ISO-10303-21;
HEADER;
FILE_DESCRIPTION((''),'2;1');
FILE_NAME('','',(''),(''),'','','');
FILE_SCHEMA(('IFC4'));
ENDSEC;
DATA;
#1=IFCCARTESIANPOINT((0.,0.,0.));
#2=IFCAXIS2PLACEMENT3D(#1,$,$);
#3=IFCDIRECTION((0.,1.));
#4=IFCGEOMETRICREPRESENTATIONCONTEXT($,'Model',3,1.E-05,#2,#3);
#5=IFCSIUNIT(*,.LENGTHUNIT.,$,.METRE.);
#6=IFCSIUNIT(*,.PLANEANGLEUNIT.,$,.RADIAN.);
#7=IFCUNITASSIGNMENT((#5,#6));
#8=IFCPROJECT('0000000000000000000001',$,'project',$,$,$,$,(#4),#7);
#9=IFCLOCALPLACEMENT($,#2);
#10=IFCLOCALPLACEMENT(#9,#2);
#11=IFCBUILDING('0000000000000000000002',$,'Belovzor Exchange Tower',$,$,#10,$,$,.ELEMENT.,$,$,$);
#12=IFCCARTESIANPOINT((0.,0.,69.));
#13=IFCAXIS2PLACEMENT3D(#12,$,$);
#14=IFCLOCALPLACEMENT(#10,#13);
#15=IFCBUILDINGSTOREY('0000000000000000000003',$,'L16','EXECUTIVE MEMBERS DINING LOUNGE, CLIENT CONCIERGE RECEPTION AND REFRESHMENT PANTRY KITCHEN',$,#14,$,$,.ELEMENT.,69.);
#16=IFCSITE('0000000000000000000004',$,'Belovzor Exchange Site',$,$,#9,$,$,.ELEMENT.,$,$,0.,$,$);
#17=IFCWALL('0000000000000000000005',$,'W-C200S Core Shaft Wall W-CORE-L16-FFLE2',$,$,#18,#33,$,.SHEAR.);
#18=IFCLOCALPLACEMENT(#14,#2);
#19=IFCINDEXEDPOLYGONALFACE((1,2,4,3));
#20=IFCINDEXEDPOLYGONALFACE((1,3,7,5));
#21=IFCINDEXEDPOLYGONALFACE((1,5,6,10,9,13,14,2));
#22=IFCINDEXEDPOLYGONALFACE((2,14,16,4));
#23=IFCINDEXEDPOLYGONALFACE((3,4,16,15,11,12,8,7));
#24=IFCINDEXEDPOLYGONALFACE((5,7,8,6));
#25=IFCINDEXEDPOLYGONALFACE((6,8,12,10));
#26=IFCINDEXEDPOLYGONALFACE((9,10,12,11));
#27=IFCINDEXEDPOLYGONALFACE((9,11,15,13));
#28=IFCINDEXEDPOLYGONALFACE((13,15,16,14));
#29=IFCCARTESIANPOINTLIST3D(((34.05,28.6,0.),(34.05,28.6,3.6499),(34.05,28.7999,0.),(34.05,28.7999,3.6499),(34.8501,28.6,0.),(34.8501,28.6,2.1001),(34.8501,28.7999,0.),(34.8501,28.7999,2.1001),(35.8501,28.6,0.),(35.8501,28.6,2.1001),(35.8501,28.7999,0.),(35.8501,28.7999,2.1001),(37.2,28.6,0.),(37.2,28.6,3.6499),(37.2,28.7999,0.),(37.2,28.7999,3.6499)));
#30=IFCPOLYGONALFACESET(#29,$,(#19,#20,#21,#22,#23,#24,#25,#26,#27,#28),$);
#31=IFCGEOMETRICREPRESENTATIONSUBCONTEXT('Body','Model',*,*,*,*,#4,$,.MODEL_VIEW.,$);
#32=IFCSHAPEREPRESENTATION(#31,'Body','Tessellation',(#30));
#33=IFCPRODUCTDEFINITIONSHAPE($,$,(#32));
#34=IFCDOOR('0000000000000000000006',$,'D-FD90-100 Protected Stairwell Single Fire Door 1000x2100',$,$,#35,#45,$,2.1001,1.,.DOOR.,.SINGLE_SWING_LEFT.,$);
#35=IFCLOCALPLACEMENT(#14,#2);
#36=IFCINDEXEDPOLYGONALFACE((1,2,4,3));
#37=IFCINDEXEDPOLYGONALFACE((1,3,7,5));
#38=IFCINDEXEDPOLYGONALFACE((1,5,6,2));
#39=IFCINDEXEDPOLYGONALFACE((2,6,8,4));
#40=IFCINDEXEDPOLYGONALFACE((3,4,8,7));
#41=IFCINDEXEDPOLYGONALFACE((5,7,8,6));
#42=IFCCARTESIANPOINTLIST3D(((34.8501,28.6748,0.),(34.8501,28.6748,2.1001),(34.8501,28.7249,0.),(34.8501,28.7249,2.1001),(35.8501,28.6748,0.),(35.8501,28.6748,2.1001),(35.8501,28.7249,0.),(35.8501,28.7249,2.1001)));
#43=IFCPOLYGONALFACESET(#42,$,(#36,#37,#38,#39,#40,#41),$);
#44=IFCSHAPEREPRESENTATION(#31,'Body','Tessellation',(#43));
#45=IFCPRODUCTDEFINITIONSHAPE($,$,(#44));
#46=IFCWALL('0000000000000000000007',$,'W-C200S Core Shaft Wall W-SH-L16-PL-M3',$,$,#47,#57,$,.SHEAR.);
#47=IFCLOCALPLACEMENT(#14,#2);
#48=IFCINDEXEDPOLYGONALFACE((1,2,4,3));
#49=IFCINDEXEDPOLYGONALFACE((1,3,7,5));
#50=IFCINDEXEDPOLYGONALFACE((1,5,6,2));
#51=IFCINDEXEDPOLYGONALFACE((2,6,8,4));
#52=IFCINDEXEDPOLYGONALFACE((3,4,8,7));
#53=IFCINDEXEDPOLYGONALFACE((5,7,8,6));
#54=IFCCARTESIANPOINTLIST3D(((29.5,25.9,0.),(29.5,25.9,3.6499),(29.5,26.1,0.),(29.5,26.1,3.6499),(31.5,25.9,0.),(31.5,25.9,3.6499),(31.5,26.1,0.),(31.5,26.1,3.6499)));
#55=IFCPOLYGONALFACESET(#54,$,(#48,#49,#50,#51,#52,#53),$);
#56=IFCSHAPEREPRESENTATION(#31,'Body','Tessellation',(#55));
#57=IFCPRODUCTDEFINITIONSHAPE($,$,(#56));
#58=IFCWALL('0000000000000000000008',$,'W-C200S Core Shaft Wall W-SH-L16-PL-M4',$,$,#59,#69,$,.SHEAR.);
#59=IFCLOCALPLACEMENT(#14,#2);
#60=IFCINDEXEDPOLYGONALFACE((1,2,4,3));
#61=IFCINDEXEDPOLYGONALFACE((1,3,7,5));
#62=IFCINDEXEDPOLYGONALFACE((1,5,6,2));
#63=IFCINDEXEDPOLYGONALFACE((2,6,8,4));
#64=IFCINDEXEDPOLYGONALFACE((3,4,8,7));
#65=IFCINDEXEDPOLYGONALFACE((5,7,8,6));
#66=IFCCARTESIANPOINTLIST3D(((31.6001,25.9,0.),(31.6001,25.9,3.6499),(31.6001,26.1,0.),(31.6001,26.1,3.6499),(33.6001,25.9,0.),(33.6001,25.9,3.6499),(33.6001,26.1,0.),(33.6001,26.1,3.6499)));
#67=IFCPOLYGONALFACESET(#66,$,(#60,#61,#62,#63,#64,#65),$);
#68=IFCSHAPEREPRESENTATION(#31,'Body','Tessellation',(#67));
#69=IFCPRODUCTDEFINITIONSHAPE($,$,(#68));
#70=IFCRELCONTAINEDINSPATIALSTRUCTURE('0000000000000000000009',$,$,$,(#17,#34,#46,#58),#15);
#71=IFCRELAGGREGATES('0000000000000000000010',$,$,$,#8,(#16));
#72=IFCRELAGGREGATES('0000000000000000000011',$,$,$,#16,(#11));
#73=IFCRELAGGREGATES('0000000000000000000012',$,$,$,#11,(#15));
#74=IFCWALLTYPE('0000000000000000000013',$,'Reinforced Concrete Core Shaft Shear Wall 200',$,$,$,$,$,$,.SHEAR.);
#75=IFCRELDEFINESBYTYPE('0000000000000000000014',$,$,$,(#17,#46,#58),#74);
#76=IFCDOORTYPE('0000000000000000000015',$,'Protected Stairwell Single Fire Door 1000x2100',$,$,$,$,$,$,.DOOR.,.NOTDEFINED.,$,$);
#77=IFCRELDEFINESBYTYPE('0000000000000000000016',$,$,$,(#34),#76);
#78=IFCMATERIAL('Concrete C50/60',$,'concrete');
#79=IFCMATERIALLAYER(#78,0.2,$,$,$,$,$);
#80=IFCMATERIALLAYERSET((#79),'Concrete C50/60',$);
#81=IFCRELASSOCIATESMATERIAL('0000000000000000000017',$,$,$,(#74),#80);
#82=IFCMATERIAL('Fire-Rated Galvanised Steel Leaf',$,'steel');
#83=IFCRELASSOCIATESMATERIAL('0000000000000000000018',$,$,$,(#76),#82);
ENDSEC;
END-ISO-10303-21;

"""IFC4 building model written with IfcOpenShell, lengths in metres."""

from ifc_helpers import new_model, si_unit, direction, frame, frame_2d, origin, place, context, subcontext, project, spatial, rectangle, extrude, material, layer, layer_set, type_object, element, fill, save


model = new_model("IFC4")

# Units and contexts
model_context = context("Model", 3, precision=1e-05, world=origin(), true_north=direction((0.0, 1.0)))
body_context = subcontext(model_context, "Body", "Model", "MODEL_VIEW")
ifc_project = project(units=[si_unit("LENGTHUNIT", "METRE"), si_unit("PLANEANGLEUNIT", "RADIAN")], contexts=[model_context])

# Site, building, storey
site_placement = place(None, origin())
site = spatial("IfcSite", under=ifc_project, at=site_placement, Name="Belovzor Exchange Site", CompositionType="ELEMENT", RefElevation=0.0)
building_placement = place(site_placement, origin())
building = spatial("IfcBuilding", under=site, at=building_placement, Name="Belovzor Exchange Tower", CompositionType="ELEMENT")
storey_placement = place(building_placement, frame((0.0, 0.0, 69.0)))
storey = spatial("IfcBuildingStorey", under=building, at=storey_placement, Name="L16", Description="EXECUTIVE MEMBERS DINING LOUNGE, CLIENT CONCIERGE RECEPTION AND REFRESHMENT PANTRY KITCHEN", CompositionType="ELEMENT", Elevation=69.0)

# Wall, opening, door
ifc_material_1 = material(Name="Concrete C50/60", Category="concrete")
ifc_layer_1 = layer(ifc_material_1, 0.2)
ifc_layer_set_1 = layer_set([ifc_layer_1], Name="Concrete C50/60")
wall_type_1 = type_object("IfcWallType", Name="Reinforced Concrete Core Shaft Shear Wall 200", PredefinedType="SHEAR", material=ifc_layer_set_1)
wall_1_placement = place(storey_placement, frame((34.05, 28.7, 0.0), z_axis=(0.0, 0.0, 1.0), x_axis=(1.0, 0.0, 0.0)))
wall_1 = element("IfcWall", 1, at=wall_1_placement, inside=storey, type_object=wall_type_1, Name="W-C200S Core Shaft Wall W-CORE-L16-FFLE2", PredefinedType="SHEAR", context=body_context, shape_type="SweptSolid", body=[
    extrude(rectangle(XDim=3.1499, YDim=0.2, at=frame_2d((1.575, 0.0))), origin(), (0.0, 0.0, 1.0), 3.6499),
])
opening_1_placement = place(wall_1_placement, frame((0.8, 0.0, 0.0)))
opening_1 = element("IfcOpeningElement", 2, at=opening_1_placement, cuts=wall_1, PredefinedType="OPENING", context=body_context, shape_type="SweptSolid", body=[
    extrude(rectangle(XDim=1.0, YDim=2.1001, at=frame_2d((0.5, 1.05))), frame((0.0, 0.1099, 0.0), z_axis=(0.0, -1.0, 0.0), x_axis=(1.0, 0.0, 0.0)), (0.0, 0.0, 1.0), 0.22),
])
ifc_material_2 = material(Name="Fire-Rated Galvanised Steel Leaf", Category="steel")
door_type_1 = type_object("IfcDoorType", Name="Protected Stairwell Single Fire Door 1000x2100", OperationType="NOTDEFINED", PredefinedType="DOOR", material=ifc_material_2)
door_1_placement = place(opening_1_placement, origin())
door_1 = element("IfcDoor", 3, at=door_1_placement, inside=storey, type_object=door_type_1, Name="D-FD90-100 Protected Stairwell Single Fire Door 1000x2100", OperationType="SINGLE_SWING_LEFT", OverallHeight=2.1001, OverallWidth=1.0, PredefinedType="DOOR", context=body_context, shape_type="SweptSolid", body=[
    extrude(rectangle(XDim=1.0, YDim=2.1001, at=frame_2d((0.5, 1.05))), frame((0.0, 0.0249, 0.0), z_axis=(0.0, -1.0, 0.0), x_axis=(1.0, 0.0, 0.0)), (0.0, 0.0, 1.0), 0.05),
])
fill(opening_1, door_1)

# Walls
for number, where, z_axis, x_axis, name in (
    (4, (29.5, 26.0, 0.0), (0.0, 0.0, 1.0), (1.0, 0.0, 0.0), "W-C200S Core Shaft Wall W-SH-L16-PL-M3"),
    (5, (31.6001, 26.0, 0.0), (0.0, 0.0, 1.0), (1.0, 0.0, 0.0), "W-C200S Core Shaft Wall W-SH-L16-PL-M4"),
):
    element("IfcWall", number, at=place(storey_placement, frame(where, z_axis=z_axis, x_axis=x_axis)), inside=storey, type_object=wall_type_1, Name=name, PredefinedType="SHEAR", context=body_context, shape_type="SweptSolid", body=[
        extrude(rectangle(XDim=2.0, YDim=0.2, at=frame_2d((1.0, 0.0))), origin(), (0.0, 0.0, 1.0), 3.6499),
    ])

save(model, "model.ifc")
